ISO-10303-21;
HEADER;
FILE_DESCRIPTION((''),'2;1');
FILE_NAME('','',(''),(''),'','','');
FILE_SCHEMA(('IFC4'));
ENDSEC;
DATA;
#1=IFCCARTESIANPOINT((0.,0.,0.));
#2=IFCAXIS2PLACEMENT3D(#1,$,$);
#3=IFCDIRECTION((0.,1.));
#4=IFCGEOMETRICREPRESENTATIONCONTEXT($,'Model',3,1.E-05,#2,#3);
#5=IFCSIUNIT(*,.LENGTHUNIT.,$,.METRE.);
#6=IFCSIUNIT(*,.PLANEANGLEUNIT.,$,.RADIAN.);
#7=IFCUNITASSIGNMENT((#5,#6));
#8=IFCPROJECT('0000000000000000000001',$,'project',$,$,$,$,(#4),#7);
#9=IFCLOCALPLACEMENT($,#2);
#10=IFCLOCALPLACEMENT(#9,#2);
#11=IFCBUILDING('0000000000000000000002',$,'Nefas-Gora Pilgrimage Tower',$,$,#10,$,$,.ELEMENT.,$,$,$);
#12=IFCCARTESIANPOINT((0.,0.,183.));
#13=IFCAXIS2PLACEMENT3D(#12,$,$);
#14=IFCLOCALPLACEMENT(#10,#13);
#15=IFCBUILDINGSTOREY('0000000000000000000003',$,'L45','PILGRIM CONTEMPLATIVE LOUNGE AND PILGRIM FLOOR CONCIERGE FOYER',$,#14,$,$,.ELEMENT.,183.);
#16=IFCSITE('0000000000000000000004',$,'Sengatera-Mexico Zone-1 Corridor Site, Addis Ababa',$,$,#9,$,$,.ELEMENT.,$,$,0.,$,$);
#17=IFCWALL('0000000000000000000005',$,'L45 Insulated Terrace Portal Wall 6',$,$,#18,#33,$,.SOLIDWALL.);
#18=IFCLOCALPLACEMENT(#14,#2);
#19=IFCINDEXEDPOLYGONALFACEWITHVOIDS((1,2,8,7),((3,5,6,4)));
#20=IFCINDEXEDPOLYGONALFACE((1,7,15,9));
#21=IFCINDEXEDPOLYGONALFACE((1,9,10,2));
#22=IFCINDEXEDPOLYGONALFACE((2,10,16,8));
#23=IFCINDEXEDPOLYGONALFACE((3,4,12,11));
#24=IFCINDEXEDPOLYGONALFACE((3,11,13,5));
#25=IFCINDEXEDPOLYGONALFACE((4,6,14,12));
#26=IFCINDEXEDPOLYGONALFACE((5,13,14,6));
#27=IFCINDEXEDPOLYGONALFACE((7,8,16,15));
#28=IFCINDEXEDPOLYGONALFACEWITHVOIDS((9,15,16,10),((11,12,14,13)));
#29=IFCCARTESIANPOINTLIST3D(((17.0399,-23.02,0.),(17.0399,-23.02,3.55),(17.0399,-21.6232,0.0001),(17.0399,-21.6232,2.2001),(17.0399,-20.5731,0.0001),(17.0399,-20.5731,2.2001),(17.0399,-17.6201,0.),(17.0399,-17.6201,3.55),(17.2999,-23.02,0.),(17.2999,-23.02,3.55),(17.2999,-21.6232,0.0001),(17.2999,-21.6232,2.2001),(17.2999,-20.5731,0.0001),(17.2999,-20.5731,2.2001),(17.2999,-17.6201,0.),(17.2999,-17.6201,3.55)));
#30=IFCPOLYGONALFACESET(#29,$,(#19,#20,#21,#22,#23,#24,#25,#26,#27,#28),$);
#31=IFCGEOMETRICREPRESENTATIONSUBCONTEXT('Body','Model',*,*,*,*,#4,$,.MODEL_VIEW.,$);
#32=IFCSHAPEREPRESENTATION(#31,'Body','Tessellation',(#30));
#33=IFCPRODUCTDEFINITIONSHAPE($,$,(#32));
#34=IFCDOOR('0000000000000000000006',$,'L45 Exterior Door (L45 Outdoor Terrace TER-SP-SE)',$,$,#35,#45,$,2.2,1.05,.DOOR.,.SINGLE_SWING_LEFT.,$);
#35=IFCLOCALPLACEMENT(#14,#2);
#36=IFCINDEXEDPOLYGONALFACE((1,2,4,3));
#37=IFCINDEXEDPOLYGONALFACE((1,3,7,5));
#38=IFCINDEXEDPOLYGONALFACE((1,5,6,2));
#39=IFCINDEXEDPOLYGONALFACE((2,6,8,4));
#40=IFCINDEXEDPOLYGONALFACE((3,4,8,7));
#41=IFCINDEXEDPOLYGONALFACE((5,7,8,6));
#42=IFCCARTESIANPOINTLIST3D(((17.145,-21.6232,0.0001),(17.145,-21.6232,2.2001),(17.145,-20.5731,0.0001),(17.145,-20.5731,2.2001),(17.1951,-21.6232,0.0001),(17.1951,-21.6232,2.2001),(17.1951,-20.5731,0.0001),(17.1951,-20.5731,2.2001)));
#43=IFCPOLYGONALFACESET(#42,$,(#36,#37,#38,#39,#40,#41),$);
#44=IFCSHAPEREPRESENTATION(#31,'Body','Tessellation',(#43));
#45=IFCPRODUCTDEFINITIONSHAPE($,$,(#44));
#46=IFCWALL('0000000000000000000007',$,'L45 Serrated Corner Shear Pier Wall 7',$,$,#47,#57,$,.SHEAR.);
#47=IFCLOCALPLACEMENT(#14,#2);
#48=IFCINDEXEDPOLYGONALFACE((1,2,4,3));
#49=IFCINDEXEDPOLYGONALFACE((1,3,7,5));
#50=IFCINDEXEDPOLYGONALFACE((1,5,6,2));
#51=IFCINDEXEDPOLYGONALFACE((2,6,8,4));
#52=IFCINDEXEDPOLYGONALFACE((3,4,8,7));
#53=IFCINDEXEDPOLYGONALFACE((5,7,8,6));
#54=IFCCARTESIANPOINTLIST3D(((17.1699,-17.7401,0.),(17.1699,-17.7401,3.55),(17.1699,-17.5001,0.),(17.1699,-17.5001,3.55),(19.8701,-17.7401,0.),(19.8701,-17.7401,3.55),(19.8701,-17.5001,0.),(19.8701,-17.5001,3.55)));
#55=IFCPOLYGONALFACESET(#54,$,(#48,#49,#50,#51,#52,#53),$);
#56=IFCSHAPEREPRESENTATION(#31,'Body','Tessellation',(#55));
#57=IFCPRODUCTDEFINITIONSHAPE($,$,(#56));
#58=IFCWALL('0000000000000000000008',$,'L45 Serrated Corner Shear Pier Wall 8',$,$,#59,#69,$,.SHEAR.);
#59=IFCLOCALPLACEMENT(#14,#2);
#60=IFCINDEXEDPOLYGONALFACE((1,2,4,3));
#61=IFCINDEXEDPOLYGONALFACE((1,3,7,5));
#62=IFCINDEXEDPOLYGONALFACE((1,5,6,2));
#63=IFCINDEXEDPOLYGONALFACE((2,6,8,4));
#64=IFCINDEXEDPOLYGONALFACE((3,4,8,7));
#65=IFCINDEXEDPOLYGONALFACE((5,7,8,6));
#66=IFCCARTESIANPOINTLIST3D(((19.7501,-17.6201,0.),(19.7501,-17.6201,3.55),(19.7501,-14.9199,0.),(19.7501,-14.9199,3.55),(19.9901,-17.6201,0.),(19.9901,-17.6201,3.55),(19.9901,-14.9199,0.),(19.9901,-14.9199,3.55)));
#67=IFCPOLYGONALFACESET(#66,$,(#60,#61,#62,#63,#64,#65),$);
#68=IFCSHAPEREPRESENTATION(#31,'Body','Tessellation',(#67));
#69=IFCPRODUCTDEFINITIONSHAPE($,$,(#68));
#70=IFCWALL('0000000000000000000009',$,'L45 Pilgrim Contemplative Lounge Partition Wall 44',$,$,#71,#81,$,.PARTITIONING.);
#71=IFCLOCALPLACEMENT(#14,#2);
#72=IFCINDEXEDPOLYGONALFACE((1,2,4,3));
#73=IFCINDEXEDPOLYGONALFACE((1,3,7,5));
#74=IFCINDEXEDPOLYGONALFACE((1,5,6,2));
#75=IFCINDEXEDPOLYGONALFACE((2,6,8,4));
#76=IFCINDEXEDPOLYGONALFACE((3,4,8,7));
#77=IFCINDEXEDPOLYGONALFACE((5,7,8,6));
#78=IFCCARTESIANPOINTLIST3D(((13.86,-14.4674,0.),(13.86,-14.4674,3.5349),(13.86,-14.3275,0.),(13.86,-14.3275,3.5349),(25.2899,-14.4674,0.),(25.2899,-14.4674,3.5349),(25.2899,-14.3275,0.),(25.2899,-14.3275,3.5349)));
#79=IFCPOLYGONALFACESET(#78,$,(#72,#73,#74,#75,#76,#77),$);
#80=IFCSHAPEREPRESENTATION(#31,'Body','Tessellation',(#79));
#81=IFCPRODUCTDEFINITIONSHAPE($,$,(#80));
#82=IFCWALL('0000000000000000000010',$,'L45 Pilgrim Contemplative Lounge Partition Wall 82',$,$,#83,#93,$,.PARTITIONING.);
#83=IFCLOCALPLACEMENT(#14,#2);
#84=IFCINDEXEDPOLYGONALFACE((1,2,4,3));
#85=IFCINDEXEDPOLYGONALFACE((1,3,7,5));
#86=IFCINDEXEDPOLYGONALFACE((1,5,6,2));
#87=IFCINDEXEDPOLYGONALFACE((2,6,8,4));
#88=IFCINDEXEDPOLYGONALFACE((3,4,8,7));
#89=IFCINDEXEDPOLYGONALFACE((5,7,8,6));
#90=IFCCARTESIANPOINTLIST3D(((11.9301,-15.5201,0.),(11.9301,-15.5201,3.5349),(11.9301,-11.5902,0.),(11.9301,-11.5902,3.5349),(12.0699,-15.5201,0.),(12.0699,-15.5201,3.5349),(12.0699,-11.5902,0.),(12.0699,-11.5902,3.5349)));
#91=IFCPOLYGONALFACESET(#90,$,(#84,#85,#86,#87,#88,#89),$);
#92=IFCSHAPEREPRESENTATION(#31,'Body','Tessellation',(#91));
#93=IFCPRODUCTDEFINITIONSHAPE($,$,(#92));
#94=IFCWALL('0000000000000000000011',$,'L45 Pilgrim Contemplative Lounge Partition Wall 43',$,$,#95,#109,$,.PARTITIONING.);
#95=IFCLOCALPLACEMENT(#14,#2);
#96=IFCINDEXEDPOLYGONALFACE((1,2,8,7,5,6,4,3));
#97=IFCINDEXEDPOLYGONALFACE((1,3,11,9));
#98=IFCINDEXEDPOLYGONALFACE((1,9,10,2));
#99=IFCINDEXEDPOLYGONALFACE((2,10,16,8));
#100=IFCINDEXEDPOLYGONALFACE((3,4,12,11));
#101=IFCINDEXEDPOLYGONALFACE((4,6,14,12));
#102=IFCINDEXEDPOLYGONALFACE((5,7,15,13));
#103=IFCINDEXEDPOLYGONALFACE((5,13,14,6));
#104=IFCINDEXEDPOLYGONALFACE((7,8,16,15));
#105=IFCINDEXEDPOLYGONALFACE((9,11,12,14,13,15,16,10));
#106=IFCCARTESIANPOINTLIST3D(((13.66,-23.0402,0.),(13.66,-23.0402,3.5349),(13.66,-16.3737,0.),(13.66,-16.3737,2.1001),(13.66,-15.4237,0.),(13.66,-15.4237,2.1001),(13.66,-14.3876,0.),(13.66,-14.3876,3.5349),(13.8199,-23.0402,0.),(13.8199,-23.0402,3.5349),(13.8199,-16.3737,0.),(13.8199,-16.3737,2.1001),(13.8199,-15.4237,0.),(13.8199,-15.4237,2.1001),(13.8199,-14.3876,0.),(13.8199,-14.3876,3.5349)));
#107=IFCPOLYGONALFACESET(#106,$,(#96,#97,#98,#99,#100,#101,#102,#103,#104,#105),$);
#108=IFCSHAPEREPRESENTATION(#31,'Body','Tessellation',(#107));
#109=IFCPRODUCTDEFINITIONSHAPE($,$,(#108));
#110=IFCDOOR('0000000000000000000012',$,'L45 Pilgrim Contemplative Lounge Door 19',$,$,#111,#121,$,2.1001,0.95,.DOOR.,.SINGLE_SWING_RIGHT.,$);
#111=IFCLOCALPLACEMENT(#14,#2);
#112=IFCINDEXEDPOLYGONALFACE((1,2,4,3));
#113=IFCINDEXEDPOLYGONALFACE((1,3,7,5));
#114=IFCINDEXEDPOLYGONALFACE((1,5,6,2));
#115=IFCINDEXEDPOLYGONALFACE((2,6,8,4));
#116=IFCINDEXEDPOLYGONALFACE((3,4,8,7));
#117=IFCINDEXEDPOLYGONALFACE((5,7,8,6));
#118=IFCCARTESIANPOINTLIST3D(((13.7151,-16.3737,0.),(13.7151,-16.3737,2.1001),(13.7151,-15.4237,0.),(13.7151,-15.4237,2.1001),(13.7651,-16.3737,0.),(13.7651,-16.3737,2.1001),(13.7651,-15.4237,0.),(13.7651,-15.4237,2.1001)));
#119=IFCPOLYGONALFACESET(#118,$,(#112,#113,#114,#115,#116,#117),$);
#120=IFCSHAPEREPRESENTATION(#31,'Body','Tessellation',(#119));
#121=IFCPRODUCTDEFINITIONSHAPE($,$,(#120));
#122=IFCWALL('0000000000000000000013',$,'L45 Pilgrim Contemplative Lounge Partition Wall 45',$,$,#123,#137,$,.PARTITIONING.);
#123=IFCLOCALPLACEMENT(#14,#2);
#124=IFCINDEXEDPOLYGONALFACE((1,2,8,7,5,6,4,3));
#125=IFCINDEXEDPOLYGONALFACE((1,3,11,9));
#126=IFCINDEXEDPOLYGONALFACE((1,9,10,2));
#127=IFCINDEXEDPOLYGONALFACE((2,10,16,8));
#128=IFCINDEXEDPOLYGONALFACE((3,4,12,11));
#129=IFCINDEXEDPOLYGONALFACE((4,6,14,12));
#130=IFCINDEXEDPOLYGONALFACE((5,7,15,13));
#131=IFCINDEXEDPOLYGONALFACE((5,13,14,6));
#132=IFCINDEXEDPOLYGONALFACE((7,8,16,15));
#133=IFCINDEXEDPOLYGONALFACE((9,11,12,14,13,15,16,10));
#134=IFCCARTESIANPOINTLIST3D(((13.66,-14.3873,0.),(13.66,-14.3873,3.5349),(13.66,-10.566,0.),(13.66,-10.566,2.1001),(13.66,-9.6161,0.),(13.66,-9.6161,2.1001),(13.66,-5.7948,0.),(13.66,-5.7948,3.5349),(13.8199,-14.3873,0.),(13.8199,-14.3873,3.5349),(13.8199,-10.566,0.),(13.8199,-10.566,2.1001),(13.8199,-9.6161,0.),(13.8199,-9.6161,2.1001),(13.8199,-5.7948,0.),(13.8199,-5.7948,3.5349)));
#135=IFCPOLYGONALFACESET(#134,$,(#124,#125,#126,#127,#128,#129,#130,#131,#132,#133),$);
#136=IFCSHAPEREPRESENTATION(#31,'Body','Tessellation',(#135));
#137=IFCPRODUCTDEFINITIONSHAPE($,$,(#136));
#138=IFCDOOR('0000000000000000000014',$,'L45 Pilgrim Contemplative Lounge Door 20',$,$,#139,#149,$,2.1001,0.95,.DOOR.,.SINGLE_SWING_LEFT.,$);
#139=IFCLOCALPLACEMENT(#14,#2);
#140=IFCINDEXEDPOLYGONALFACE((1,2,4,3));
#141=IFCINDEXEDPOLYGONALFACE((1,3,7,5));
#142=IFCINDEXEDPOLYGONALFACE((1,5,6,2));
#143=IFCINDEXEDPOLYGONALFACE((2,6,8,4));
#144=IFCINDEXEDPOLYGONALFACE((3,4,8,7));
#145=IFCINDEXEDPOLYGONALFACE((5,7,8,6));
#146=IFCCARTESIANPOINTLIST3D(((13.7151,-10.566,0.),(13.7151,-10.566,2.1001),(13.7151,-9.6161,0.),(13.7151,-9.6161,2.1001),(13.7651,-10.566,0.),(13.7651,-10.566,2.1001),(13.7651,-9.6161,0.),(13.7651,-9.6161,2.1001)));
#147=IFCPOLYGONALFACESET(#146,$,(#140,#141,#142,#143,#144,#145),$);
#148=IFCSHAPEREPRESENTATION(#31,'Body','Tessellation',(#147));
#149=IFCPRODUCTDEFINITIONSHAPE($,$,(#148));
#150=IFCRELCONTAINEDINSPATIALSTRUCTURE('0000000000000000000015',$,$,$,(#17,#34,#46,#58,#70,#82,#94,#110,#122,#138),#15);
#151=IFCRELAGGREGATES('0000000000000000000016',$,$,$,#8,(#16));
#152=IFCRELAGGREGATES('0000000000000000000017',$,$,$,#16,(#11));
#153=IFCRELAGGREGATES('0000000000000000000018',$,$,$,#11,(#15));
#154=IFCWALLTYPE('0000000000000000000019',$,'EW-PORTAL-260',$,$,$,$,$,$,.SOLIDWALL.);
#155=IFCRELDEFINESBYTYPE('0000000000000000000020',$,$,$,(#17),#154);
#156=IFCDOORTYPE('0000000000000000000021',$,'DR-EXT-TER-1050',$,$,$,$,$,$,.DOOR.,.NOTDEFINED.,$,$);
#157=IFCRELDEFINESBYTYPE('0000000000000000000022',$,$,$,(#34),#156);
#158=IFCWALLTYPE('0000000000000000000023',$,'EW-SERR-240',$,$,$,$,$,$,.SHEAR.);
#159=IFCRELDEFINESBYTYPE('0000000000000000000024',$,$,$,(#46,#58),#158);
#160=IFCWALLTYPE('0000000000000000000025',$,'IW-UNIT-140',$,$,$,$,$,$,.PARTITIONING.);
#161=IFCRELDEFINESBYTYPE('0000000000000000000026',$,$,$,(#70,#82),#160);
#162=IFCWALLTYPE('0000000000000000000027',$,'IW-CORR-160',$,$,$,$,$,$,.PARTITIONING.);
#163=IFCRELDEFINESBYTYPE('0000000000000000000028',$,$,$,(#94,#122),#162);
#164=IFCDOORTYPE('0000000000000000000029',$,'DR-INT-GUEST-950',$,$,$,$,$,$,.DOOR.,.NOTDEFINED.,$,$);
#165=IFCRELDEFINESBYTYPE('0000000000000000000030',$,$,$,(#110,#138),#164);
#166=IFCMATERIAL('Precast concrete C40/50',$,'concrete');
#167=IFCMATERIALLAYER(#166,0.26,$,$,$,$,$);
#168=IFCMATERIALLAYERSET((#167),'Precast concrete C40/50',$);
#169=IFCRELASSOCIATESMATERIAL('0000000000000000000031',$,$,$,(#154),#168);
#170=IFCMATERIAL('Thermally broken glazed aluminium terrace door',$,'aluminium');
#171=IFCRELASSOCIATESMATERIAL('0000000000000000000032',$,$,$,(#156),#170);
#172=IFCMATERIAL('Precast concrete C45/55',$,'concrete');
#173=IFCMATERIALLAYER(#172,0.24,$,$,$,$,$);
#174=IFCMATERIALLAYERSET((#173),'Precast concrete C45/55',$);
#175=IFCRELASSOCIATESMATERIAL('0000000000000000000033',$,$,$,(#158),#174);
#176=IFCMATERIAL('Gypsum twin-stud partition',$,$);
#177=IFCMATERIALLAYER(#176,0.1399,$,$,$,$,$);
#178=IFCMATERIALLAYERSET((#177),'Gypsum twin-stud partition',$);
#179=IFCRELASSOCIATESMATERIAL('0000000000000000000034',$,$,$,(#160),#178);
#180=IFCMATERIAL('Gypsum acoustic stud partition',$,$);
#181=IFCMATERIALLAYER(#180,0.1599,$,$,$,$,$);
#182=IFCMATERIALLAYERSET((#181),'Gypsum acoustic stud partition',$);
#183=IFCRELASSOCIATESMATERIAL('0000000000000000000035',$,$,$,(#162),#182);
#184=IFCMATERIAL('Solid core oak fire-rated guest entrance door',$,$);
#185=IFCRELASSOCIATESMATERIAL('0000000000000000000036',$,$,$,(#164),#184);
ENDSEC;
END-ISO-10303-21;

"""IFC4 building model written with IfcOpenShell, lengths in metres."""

from ifc_helpers import new_model, si_unit, direction, frame, frame_2d, origin, place, context, subcontext, project, spatial, rectangle, extrude, source, transform, mapped, material, layer, layer_set, type_object, element, fill, save


model = new_model("IFC4")

# Units and contexts
model_context = context("Model", 3, precision=1e-05, world=origin(), true_north=direction((0.0, 1.0)))
body_context = subcontext(model_context, "Body", "Model", "MODEL_VIEW")
ifc_project = project(units=[si_unit("LENGTHUNIT", "METRE"), si_unit("PLANEANGLEUNIT", "RADIAN")], contexts=[model_context])

# Site, building, storey
site_placement = place(None, origin())
site = spatial("IfcSite", under=ifc_project, at=site_placement, Name="Sengatera-Mexico Zone-1 Corridor Site, Addis Ababa", CompositionType="ELEMENT", RefElevation=0.0)
building_placement = place(site_placement, origin())
building = spatial("IfcBuilding", under=site, at=building_placement, Name="Nefas-Gora Pilgrimage Tower", CompositionType="ELEMENT")
storey_placement = place(building_placement, frame((0.0, 0.0, 183.0)))
storey = spatial("IfcBuildingStorey", under=building, at=storey_placement, Name="L45", Description="PILGRIM CONTEMPLATIVE LOUNGE AND PILGRIM FLOOR CONCIERGE FOYER", CompositionType="ELEMENT", Elevation=183.0)

# Wall, opening, door
ifc_material_1 = material(Name="Precast concrete C40/50", Category="concrete")
ifc_layer_1 = layer(ifc_material_1, 0.26)
ifc_layer_set_1 = layer_set([ifc_layer_1], Name="Precast concrete C40/50")
wall_type_1 = type_object("IfcWallType", Name="EW-PORTAL-260", PredefinedType="SOLIDWALL", material=ifc_layer_set_1)
shared_shape_1 = source(origin(), body_context, "Body", "SweptSolid", [
    extrude(rectangle(XDim=5.3999, YDim=0.26, at=frame_2d((2.7, 0.0))), origin(), (0.0, 0.0, 1.0), 3.55),
])
wall_1_placement = place(storey_placement, frame((17.1699, -23.02, 0.0), z_axis=(0.0, 0.0, 1.0), x_axis=(0.0, 1.0, 0.0)))
wall_1 = element("IfcWall", 1, at=wall_1_placement, inside=storey, type_object=wall_type_1, Name="L45 Insulated Terrace Portal Wall 6", PredefinedType="SOLIDWALL", context=body_context, shape_type="MappedRepresentation", body=[
    mapped(shared_shape_1, transform((0.0, 0.0, 0.0), x_axis=(1.0, 0.0, 0.0), y_axis=(0.0, 1.0, 0.0), z_axis=(0.0, 0.0, 1.0), scale=1.0)),
])
opening_1_placement = place(wall_1_placement, frame((1.397, 0.0, 0.0)))
opening_1 = element("IfcOpeningElement", 2, at=opening_1_placement, cuts=wall_1, PredefinedType="OPENING", context=body_context, shape_type="SweptSolid", body=[
    extrude(rectangle(XDim=1.05, YDim=2.2, at=frame_2d((0.5249, 1.1001))), frame((0.0, 0.1399, 0.0), z_axis=(0.0, -1.0, 0.0), x_axis=(1.0, 0.0, 0.0)), (0.0, 0.0, 1.0), 0.28),
])
ifc_material_2 = material(Name="Thermally broken glazed aluminium terrace door", Category="aluminium")
door_type_1 = type_object("IfcDoorType", Name="DR-EXT-TER-1050", OperationType="NOTDEFINED", PredefinedType="DOOR", material=ifc_material_2)
shared_shape_2 = source(origin(), body_context, "Body", "SweptSolid", [
    extrude(rectangle(XDim=1.05, YDim=2.2, at=frame_2d((0.5249, 1.1001))), frame((0.0, 0.0249, 0.0), z_axis=(0.0, -1.0, 0.0), x_axis=(1.0, 0.0, 0.0)), (0.0, 0.0, 1.0), 0.05),
])
door_1_placement = place(opening_1_placement, origin())
door_1 = element("IfcDoor", 3, at=door_1_placement, inside=storey, type_object=door_type_1, Name="L45 Exterior Door (L45 Outdoor Terrace TER-SP-SE)", OperationType="SINGLE_SWING_LEFT", OverallHeight=2.2, OverallWidth=1.05, PredefinedType="DOOR", context=body_context, shape_type="MappedRepresentation", body=[
    mapped(shared_shape_2, transform((0.0, 0.0, 0.0), x_axis=(1.0, 0.0, 0.0), y_axis=(0.0, 1.0, 0.0), z_axis=(0.0, 0.0, 1.0), scale=1.0)),
])
fill(opening_1, door_1)

# Walls
ifc_material_3 = material(Name="Precast concrete C45/55", Category="concrete")
ifc_layer_2 = layer(ifc_material_3, 0.24)
ifc_layer_set_2 = layer_set([ifc_layer_2], Name="Precast concrete C45/55")
wall_type_2 = type_object("IfcWallType", Name="EW-SERR-240", PredefinedType="SHEAR", material=ifc_layer_set_2)
shared_shape_3 = source(origin(), body_context, "Body", "SweptSolid", [
    extrude(rectangle(XDim=2.7002, YDim=0.24, at=frame_2d((1.3501, 0.0))), origin(), (0.0, 0.0, 1.0), 3.55),
])
for number, where, z_axis, x_axis, name in (
    (4, (17.1699, -17.6201, 0.0), (0.0, 0.0, 1.0), (1.0, 0.0, 0.0), "L45 Serrated Corner Shear Pier Wall 7"),
    (5, (19.8701, -17.6201, 0.0), (0.0, 0.0, 1.0), (0.0, 1.0, 0.0), "L45 Serrated Corner Shear Pier Wall 8"),
):
    element("IfcWall", number, at=place(storey_placement, frame(where, z_axis=z_axis, x_axis=x_axis)), inside=storey, type_object=wall_type_2, Name=name, PredefinedType="SHEAR", context=body_context, shape_type="MappedRepresentation", body=[
        mapped(shared_shape_3, transform((0.0, 0.0, 0.0), x_axis=(1.0, 0.0, 0.0), y_axis=(0.0, 1.0, 0.0), z_axis=(0.0, 0.0, 1.0), scale=1.0)),
    ])
ifc_material_4 = material(Name="Gypsum twin-stud partition")
ifc_layer_3 = layer(ifc_material_4, 0.1399)
ifc_layer_set_3 = layer_set([ifc_layer_3], Name="Gypsum twin-stud partition")
wall_type_3 = type_object("IfcWallType", Name="IW-UNIT-140", PredefinedType="PARTITIONING", material=ifc_layer_set_3)
shared_shape_4 = source(origin(), body_context, "Body", "SweptSolid", [
    extrude(rectangle(XDim=11.4299, YDim=0.1399, at=frame_2d((5.7148, 0.0))), origin(), (0.0, 0.0, 1.0), 3.5349),
])
wall_2_placement = place(storey_placement, frame((13.8601, -14.3975, 0.0), z_axis=(0.0, 0.0, 1.0), x_axis=(1.0, 0.0, 0.0)))
element("IfcWall", 6, at=wall_2_placement, inside=storey, type_object=wall_type_3, Name="L45 Pilgrim Contemplative Lounge Partition Wall 44", PredefinedType="PARTITIONING", context=body_context, shape_type="MappedRepresentation", body=[
    mapped(shared_shape_4, transform((0.0, 0.0, 0.0), x_axis=(1.0, 0.0, 0.0), y_axis=(0.0, 1.0, 0.0), z_axis=(0.0, 0.0, 1.0), scale=1.0)),
])
shared_shape_5 = source(origin(), body_context, "Body", "SweptSolid", [
    extrude(rectangle(XDim=3.9299, YDim=0.1399, at=frame_2d((1.9648, 0.0))), origin(), (0.0, 0.0, 1.0), 3.5349),
])
wall_3_placement = place(storey_placement, frame((12.0, -15.52, 0.0), z_axis=(0.0, 0.0, 1.0), x_axis=(0.0, 1.0, 0.0)))
element("IfcWall", 7, at=wall_3_placement, inside=storey, type_object=wall_type_3, Name="L45 Pilgrim Contemplative Lounge Partition Wall 82", PredefinedType="PARTITIONING", context=body_context, shape_type="MappedRepresentation", body=[
    mapped(shared_shape_5, transform((0.0, 0.0, 0.0), x_axis=(1.0, 0.0, 0.0), y_axis=(0.0, 1.0, 0.0), z_axis=(0.0, 0.0, 1.0), scale=1.0)),
])

# Walls, openings, doors
ifc_material_5 = material(Name="Gypsum acoustic stud partition")
ifc_layer_4 = layer(ifc_material_5, 0.1599)
ifc_layer_set_4 = layer_set([ifc_layer_4], Name="Gypsum acoustic stud partition")
wall_type_4 = type_object("IfcWallType", Name="IW-CORR-160", PredefinedType="PARTITIONING", material=ifc_layer_set_4)
shared_shape_6 = source(origin(), body_context, "Body", "SweptSolid", [
    extrude(rectangle(XDim=8.6526, YDim=0.1599, at=frame_2d((4.3262, 0.0))), origin(), (0.0, 0.0, 1.0), 3.5349),
])
wall_4_placement = place(storey_placement, frame((13.74, -23.04, 0.0), z_axis=(0.0, 0.0, 1.0), x_axis=(0.0, 1.0, 0.0)))
wall_4 = element("IfcWall", 8, at=wall_4_placement, inside=storey, type_object=wall_type_4, Name="L45 Pilgrim Contemplative Lounge Partition Wall 43", PredefinedType="PARTITIONING", context=body_context, shape_type="MappedRepresentation", body=[
    mapped(shared_shape_6, transform((0.0, 0.0, 0.0), x_axis=(1.0, 0.0, 0.0), y_axis=(0.0, 1.0, 0.0), z_axis=(0.0, 0.0, 1.0), scale=1.0)),
])
opening_2_placement = place(wall_4_placement, frame((6.6663, 0.0, 0.0)))
opening_2 = element("IfcOpeningElement", 9, at=opening_2_placement, cuts=wall_4, PredefinedType="OPENING", context=body_context, shape_type="SweptSolid", body=[
    extrude(rectangle(XDim=0.95, YDim=2.1001, at=frame_2d((0.4751, 1.05))), frame((0.0, 0.0898, 0.0), z_axis=(0.0, -1.0, 0.0), x_axis=(1.0, 0.0, 0.0)), (0.0, 0.0, 1.0), 0.1799),
])
ifc_material_6 = material(Name="Solid core oak fire-rated guest entrance door")
door_type_2 = type_object("IfcDoorType", Name="DR-INT-GUEST-950", OperationType="NOTDEFINED", PredefinedType="DOOR", material=ifc_material_6)
shared_shape_7 = source(origin(), body_context, "Body", "SweptSolid", [
    extrude(rectangle(XDim=0.95, YDim=2.1001, at=frame_2d((0.4751, 1.05))), frame((0.0, 0.0249, 0.0), z_axis=(0.0, -1.0, 0.0), x_axis=(1.0, 0.0, 0.0)), (0.0, 0.0, 1.0), 0.05),
])
door_2_placement = place(opening_2_placement, origin())
door_2 = element("IfcDoor", 10, at=door_2_placement, inside=storey, type_object=door_type_2, Name="L45 Pilgrim Contemplative Lounge Door 19", OperationType="SINGLE_SWING_RIGHT", OverallHeight=2.1001, OverallWidth=0.95, PredefinedType="DOOR", context=body_context, shape_type="MappedRepresentation", body=[
    mapped(shared_shape_7, transform((0.0, 0.0, 0.0), x_axis=(1.0, 0.0, 0.0), y_axis=(0.0, 1.0, 0.0), z_axis=(0.0, 0.0, 1.0), scale=1.0)),
])
fill(opening_2, door_2)
shared_shape_8 = source(origin(), body_context, "Body", "SweptSolid", [
    extrude(rectangle(XDim=8.5925, YDim=0.1599, at=frame_2d((4.2964, 0.0))), origin(), (0.0, 0.0, 1.0), 3.5349),
])
wall_5_placement = place(storey_placement, frame((13.74, -14.3875, 0.0), z_axis=(0.0, 0.0, 1.0), x_axis=(0.0, 1.0, 0.0)))
wall_5 = element("IfcWall", 11, at=wall_5_placement, inside=storey, type_object=wall_type_4, Name="L45 Pilgrim Contemplative Lounge Partition Wall 45", PredefinedType="PARTITIONING", context=body_context, shape_type="MappedRepresentation", body=[
    mapped(shared_shape_8, transform((0.0, 0.0, 0.0), x_axis=(1.0, 0.0, 0.0), y_axis=(0.0, 1.0, 0.0), z_axis=(0.0, 0.0, 1.0), scale=1.0)),
])
opening_3_placement = place(wall_5_placement, frame((3.8213, 0.0, 0.0)))
opening_3 = element("IfcOpeningElement", 12, at=opening_3_placement, cuts=wall_5, PredefinedType="OPENING", context=body_context, shape_type="SweptSolid", body=[
    extrude(rectangle(XDim=0.95, YDim=2.1001, at=frame_2d((0.4751, 1.05))), frame((0.0, 0.0898, 0.0), z_axis=(0.0, -1.0, 0.0), x_axis=(1.0, 0.0, 0.0)), (0.0, 0.0, 1.0), 0.1799),
])
door_3_placement = place(opening_3_placement, origin())
door_3 = element("IfcDoor", 13, at=door_3_placement, inside=storey, type_object=door_type_2, Name="L45 Pilgrim Contemplative Lounge Door 20", OperationType="SINGLE_SWING_LEFT", OverallHeight=2.1001, OverallWidth=0.95, PredefinedType="DOOR", context=body_context, shape_type="MappedRepresentation", body=[
    mapped(shared_shape_7, transform((0.0, 0.0, 0.0), x_axis=(1.0, 0.0, 0.0), y_axis=(0.0, 1.0, 0.0), z_axis=(0.0, 0.0, 1.0), scale=1.0)),
])
fill(opening_3, door_3)

save(model, "model.ifc")
